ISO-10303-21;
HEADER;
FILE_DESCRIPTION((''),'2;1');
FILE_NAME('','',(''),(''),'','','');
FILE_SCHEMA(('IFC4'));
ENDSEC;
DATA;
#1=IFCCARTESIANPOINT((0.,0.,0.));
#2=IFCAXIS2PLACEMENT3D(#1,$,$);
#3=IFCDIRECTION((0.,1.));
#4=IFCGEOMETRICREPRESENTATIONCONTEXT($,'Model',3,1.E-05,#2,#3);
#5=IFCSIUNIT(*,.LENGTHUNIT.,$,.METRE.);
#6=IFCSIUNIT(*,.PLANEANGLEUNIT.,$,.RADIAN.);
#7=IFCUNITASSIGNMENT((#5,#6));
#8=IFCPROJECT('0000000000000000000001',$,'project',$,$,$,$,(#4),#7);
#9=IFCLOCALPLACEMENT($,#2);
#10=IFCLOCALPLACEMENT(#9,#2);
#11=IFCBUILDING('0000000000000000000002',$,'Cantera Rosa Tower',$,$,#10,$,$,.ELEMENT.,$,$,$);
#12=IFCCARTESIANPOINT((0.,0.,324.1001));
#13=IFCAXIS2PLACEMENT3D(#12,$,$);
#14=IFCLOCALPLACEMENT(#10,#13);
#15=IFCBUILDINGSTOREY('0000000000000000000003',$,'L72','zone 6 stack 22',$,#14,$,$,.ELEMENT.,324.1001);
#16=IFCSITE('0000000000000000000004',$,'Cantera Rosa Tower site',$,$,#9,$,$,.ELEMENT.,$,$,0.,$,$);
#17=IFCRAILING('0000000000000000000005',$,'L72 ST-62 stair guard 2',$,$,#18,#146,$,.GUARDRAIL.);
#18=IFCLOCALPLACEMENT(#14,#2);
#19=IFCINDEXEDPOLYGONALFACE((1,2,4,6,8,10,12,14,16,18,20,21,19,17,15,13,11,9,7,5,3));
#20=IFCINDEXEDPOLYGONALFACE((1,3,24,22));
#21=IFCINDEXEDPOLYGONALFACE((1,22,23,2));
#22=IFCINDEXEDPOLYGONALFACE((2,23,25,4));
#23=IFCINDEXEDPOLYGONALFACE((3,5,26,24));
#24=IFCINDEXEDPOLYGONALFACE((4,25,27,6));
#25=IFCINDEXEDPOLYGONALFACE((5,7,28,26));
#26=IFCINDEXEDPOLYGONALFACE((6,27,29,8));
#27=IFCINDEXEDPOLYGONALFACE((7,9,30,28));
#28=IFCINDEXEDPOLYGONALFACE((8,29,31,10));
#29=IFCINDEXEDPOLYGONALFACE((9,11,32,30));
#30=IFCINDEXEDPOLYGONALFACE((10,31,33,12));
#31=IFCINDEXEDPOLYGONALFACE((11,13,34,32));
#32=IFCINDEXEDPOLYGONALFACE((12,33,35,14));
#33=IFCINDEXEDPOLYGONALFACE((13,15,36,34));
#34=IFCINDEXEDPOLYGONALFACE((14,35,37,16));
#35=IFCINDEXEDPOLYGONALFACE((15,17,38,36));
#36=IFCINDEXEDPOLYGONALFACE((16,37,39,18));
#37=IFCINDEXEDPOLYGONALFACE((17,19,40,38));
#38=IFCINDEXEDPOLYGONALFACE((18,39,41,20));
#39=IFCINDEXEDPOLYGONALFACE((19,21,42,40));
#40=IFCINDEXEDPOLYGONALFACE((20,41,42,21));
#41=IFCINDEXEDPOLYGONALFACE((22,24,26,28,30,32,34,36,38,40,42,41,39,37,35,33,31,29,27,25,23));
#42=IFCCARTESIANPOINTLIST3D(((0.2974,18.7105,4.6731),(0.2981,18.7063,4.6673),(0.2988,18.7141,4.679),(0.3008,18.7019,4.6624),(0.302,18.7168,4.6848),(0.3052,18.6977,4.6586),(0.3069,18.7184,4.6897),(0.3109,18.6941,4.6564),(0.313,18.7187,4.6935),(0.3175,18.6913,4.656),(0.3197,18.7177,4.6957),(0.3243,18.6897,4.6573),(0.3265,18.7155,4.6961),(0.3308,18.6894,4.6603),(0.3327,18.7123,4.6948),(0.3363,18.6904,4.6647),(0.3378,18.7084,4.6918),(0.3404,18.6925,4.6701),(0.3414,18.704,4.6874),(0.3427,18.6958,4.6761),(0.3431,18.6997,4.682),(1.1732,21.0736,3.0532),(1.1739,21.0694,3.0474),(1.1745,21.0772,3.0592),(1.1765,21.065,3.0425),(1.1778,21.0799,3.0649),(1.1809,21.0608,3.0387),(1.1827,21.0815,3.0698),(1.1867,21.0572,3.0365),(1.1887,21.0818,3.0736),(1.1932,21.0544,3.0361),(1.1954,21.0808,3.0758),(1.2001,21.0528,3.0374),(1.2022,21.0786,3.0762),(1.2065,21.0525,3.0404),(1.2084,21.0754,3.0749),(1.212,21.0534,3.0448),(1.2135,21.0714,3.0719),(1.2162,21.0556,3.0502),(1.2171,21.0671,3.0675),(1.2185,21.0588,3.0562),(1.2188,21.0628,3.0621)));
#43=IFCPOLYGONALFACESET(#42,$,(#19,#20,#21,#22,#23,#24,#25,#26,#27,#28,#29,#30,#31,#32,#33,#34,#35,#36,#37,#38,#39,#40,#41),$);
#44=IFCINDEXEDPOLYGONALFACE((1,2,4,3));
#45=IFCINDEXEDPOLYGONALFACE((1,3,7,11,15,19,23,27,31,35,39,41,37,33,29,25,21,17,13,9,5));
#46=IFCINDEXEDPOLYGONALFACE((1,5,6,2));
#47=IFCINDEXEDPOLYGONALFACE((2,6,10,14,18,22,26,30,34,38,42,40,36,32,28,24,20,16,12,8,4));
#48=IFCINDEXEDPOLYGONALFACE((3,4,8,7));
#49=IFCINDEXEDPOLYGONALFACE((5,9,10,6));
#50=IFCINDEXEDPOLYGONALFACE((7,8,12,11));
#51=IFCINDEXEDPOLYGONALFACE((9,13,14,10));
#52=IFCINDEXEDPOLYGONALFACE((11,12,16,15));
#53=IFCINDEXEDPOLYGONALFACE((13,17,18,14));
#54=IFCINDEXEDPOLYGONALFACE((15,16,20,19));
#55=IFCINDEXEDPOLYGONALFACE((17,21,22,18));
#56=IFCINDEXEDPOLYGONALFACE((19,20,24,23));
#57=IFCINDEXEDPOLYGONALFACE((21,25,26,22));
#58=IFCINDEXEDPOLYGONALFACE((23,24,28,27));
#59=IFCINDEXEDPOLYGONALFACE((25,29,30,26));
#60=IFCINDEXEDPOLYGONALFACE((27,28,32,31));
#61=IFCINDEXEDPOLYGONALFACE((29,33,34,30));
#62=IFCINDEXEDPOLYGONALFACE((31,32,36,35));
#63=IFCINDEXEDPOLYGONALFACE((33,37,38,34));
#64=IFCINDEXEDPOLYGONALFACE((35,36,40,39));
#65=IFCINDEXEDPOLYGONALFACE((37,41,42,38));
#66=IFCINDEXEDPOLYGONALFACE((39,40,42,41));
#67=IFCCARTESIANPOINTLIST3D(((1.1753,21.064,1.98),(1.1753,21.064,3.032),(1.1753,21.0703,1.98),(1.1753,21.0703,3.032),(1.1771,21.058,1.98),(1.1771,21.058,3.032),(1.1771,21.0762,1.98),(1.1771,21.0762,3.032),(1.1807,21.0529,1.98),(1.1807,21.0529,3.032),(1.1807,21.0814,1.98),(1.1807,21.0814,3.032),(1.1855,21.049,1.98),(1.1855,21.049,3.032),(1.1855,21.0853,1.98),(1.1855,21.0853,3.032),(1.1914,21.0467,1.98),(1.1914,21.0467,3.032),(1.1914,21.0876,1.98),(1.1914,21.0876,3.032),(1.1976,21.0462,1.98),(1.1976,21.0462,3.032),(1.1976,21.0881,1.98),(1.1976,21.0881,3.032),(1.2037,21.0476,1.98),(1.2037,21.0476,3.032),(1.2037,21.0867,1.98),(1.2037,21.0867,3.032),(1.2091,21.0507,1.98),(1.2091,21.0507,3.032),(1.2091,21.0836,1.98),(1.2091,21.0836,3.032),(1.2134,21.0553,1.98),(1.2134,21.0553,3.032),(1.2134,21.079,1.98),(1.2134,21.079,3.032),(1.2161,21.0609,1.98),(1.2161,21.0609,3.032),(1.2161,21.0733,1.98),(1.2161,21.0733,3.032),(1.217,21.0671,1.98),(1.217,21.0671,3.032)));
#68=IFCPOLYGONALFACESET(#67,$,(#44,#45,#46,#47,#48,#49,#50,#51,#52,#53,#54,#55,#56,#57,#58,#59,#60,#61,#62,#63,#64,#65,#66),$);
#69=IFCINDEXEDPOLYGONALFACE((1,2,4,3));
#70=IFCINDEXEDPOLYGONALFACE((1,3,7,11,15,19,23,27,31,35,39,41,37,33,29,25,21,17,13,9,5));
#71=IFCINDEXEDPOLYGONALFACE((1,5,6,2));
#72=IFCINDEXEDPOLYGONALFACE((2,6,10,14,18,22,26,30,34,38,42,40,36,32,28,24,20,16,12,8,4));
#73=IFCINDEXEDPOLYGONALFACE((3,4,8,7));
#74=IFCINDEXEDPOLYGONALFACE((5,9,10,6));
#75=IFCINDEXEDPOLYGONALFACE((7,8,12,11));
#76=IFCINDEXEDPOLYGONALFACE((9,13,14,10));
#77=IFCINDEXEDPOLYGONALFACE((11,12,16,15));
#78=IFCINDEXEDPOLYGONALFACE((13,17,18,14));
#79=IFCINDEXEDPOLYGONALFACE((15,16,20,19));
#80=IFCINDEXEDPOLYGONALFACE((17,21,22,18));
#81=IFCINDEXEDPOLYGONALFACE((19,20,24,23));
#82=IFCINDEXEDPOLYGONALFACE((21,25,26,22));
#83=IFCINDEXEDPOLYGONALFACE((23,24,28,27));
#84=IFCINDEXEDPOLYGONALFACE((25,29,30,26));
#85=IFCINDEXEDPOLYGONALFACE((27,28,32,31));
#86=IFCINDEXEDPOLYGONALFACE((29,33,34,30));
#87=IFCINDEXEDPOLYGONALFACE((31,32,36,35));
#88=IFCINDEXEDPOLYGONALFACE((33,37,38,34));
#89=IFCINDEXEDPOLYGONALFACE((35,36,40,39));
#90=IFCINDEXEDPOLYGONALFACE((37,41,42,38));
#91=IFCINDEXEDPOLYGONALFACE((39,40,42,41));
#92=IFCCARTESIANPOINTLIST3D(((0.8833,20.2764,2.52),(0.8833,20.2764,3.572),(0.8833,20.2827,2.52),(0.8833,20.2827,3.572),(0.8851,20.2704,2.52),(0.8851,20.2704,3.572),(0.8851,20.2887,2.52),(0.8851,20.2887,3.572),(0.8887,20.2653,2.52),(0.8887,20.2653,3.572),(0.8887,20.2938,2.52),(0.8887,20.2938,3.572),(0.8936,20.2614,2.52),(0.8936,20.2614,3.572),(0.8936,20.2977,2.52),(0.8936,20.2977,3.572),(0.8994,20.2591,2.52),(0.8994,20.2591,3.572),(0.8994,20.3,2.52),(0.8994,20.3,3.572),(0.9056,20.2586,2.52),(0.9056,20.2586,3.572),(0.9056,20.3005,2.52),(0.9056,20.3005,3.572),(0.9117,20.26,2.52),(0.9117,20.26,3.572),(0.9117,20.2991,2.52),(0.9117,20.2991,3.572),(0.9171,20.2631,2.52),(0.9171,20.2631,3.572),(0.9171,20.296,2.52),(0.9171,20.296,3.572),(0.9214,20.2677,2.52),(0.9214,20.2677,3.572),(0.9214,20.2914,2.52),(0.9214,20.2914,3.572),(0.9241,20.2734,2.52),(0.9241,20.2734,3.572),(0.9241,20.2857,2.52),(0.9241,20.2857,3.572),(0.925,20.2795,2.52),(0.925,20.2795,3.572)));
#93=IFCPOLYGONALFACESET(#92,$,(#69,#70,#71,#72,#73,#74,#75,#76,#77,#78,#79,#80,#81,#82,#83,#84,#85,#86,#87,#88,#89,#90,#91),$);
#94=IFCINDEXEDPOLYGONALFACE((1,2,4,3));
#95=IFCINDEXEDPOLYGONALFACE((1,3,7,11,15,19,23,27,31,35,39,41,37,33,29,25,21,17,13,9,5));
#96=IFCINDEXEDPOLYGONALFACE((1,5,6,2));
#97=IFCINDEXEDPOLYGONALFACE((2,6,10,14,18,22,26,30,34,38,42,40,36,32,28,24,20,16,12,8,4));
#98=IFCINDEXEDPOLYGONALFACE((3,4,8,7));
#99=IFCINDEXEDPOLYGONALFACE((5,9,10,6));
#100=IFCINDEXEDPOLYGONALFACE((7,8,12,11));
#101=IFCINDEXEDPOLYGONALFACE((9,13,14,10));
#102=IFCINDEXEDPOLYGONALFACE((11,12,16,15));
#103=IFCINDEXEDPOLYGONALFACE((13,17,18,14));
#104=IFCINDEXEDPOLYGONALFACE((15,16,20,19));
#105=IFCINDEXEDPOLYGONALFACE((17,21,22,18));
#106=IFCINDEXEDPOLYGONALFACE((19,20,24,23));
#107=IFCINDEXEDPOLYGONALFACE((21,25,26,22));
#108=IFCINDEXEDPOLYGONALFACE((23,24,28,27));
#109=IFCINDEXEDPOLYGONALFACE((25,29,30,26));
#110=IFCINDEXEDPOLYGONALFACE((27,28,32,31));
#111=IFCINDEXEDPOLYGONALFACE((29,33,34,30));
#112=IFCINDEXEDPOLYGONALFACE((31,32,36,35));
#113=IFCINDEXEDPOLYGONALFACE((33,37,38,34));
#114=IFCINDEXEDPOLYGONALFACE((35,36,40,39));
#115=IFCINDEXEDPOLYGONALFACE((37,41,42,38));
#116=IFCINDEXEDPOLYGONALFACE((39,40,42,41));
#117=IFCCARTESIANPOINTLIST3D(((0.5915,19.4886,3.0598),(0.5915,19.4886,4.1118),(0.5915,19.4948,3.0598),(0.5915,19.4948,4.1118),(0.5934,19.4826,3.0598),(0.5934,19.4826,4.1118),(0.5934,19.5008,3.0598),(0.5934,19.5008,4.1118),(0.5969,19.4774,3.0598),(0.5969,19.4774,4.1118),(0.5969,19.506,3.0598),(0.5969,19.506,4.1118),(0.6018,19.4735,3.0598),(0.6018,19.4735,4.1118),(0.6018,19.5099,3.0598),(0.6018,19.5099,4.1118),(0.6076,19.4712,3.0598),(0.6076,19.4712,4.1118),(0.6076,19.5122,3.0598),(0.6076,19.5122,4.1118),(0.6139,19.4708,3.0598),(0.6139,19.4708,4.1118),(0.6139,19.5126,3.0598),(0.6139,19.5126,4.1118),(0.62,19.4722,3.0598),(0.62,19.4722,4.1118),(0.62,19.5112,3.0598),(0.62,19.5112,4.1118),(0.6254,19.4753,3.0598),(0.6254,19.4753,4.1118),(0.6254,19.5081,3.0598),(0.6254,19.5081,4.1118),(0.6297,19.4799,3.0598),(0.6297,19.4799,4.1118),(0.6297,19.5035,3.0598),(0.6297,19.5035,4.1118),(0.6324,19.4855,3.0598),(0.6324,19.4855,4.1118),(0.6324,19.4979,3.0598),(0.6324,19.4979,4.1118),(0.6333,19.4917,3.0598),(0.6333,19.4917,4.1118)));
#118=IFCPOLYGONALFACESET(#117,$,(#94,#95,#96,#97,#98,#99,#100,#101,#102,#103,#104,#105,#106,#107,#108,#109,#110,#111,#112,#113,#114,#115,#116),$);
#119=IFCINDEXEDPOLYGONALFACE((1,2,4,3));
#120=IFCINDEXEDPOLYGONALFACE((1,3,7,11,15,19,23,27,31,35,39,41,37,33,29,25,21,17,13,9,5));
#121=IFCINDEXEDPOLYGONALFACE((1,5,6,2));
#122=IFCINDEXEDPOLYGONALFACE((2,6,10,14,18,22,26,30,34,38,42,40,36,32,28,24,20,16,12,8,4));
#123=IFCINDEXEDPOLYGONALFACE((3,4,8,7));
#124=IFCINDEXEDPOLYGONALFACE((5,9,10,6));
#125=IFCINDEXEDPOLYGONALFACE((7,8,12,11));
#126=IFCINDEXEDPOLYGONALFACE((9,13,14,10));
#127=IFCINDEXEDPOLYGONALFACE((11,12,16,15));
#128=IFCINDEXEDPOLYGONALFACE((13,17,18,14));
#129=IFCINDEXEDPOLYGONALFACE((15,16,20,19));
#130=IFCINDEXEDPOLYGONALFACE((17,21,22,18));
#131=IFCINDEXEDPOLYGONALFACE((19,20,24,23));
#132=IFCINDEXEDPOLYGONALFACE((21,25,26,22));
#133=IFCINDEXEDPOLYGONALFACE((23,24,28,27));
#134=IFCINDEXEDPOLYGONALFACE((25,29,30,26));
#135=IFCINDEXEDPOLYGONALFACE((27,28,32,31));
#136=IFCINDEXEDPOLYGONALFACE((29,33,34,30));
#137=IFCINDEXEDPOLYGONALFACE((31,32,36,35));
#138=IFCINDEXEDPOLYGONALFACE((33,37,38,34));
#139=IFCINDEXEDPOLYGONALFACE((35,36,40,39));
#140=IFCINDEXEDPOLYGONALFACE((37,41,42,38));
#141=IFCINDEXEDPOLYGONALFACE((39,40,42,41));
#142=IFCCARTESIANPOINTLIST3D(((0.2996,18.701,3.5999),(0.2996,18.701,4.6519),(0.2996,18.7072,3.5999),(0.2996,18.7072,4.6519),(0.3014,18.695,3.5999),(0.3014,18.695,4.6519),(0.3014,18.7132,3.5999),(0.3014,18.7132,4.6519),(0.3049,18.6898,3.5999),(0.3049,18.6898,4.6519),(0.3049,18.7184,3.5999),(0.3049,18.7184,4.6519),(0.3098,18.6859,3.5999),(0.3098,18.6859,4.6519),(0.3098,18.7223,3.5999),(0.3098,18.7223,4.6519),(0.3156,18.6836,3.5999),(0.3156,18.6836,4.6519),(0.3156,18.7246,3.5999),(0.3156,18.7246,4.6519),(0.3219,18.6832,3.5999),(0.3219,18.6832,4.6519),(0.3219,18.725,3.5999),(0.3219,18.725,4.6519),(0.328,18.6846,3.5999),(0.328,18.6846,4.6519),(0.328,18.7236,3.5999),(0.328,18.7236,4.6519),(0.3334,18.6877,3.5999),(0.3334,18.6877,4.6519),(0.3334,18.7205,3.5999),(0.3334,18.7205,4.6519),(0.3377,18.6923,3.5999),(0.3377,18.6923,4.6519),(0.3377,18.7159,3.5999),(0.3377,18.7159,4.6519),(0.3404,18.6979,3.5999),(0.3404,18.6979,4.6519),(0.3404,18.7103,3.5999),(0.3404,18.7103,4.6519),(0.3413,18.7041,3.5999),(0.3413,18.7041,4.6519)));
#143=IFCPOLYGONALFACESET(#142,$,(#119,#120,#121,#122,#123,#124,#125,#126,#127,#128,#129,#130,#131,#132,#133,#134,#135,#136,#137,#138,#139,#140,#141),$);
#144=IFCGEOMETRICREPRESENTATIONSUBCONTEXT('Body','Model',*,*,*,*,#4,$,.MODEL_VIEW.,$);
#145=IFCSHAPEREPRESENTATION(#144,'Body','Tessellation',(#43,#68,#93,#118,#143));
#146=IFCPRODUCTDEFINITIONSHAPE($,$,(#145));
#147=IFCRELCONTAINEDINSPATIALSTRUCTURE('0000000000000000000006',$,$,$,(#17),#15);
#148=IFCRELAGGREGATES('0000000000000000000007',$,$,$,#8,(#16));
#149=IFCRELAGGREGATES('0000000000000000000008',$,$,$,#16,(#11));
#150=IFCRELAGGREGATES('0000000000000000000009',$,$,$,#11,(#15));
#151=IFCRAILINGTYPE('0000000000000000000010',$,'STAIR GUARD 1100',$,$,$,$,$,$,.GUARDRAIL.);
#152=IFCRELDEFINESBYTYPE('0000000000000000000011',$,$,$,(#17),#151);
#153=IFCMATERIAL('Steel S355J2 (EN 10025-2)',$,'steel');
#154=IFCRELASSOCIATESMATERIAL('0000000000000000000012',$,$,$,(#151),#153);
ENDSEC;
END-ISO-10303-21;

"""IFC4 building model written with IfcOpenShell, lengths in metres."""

from ifc_helpers import new_model, si_unit, direction, frame, origin, origin_2d, place, context, subcontext, project, spatial, circle, extrude, material, type_object, element, save


model = new_model("IFC4")

# Units and contexts
model_context = context("Model", 3, precision=1e-05, world=origin(), true_north=direction((0.0, 1.0)))
body_context = subcontext(model_context, "Body", "Model", "MODEL_VIEW")
ifc_project = project(units=[si_unit("LENGTHUNIT", "METRE"), si_unit("PLANEANGLEUNIT", "RADIAN")], contexts=[model_context])

# Site, building, storey
site_placement = place(None, origin())
site = spatial("IfcSite", under=ifc_project, at=site_placement, Name="Cantera Rosa Tower site", CompositionType="ELEMENT", RefElevation=0.0)
building_placement = place(site_placement, origin())
building = spatial("IfcBuilding", under=site, at=building_placement, Name="Cantera Rosa Tower", CompositionType="ELEMENT")
storey_placement = place(building_placement, frame((0.0, 0.0, 324.1001)))
storey = spatial("IfcBuildingStorey", under=building, at=storey_placement, Name="L72", Description="zone 6 stack 22", CompositionType="ELEMENT", Elevation=324.1001)

# Railing
ifc_material_1 = material(Name="Steel S355J2 (EN 10025-2)", Category="steel")
railing_type_1 = type_object("IfcRailingType", Name="STAIR GUARD 1100", PredefinedType="GUARDRAIL", material=ifc_material_1)
railing_1_placement = place(storey_placement, frame((1.196, 21.0671, 1.98)))
element("IfcRailing", 1, at=railing_1_placement, inside=storey, type_object=railing_type_1, Name="L72 ST-62 stair guard 2", PredefinedType="GUARDRAIL", context=body_context, shape_type="SweptSolid", body=[
    extrude(circle(Radius=0.0239, at=origin_2d()), frame((0.0, 0.0, 1.0762), z_axis=(-0.29232, -0.788782, 0.540714), x_axis=(0.93768, -0.347501, 0.0)), (0.0, 0.0, 1.0), 2.9958),
    extrude(circle(Radius=0.021, at=origin_2d()), origin(), (0.0, 0.0, 1.0), 1.052),
    extrude(circle(Radius=0.021, at=origin_2d()), frame((-0.292, -0.7876, 0.54)), (0.0, 0.0, 1.0), 1.052),
    extrude(circle(Radius=0.021, at=origin_2d()), frame((-0.5837, -1.5754, 1.0798)), (0.0, 0.0, 1.0), 1.052),
    extrude(circle(Radius=0.021, at=origin_2d()), frame((-0.8757, -2.363, 1.6199)), (0.0, 0.0, 1.0), 1.052),
])

save(model, "model.ifc")
